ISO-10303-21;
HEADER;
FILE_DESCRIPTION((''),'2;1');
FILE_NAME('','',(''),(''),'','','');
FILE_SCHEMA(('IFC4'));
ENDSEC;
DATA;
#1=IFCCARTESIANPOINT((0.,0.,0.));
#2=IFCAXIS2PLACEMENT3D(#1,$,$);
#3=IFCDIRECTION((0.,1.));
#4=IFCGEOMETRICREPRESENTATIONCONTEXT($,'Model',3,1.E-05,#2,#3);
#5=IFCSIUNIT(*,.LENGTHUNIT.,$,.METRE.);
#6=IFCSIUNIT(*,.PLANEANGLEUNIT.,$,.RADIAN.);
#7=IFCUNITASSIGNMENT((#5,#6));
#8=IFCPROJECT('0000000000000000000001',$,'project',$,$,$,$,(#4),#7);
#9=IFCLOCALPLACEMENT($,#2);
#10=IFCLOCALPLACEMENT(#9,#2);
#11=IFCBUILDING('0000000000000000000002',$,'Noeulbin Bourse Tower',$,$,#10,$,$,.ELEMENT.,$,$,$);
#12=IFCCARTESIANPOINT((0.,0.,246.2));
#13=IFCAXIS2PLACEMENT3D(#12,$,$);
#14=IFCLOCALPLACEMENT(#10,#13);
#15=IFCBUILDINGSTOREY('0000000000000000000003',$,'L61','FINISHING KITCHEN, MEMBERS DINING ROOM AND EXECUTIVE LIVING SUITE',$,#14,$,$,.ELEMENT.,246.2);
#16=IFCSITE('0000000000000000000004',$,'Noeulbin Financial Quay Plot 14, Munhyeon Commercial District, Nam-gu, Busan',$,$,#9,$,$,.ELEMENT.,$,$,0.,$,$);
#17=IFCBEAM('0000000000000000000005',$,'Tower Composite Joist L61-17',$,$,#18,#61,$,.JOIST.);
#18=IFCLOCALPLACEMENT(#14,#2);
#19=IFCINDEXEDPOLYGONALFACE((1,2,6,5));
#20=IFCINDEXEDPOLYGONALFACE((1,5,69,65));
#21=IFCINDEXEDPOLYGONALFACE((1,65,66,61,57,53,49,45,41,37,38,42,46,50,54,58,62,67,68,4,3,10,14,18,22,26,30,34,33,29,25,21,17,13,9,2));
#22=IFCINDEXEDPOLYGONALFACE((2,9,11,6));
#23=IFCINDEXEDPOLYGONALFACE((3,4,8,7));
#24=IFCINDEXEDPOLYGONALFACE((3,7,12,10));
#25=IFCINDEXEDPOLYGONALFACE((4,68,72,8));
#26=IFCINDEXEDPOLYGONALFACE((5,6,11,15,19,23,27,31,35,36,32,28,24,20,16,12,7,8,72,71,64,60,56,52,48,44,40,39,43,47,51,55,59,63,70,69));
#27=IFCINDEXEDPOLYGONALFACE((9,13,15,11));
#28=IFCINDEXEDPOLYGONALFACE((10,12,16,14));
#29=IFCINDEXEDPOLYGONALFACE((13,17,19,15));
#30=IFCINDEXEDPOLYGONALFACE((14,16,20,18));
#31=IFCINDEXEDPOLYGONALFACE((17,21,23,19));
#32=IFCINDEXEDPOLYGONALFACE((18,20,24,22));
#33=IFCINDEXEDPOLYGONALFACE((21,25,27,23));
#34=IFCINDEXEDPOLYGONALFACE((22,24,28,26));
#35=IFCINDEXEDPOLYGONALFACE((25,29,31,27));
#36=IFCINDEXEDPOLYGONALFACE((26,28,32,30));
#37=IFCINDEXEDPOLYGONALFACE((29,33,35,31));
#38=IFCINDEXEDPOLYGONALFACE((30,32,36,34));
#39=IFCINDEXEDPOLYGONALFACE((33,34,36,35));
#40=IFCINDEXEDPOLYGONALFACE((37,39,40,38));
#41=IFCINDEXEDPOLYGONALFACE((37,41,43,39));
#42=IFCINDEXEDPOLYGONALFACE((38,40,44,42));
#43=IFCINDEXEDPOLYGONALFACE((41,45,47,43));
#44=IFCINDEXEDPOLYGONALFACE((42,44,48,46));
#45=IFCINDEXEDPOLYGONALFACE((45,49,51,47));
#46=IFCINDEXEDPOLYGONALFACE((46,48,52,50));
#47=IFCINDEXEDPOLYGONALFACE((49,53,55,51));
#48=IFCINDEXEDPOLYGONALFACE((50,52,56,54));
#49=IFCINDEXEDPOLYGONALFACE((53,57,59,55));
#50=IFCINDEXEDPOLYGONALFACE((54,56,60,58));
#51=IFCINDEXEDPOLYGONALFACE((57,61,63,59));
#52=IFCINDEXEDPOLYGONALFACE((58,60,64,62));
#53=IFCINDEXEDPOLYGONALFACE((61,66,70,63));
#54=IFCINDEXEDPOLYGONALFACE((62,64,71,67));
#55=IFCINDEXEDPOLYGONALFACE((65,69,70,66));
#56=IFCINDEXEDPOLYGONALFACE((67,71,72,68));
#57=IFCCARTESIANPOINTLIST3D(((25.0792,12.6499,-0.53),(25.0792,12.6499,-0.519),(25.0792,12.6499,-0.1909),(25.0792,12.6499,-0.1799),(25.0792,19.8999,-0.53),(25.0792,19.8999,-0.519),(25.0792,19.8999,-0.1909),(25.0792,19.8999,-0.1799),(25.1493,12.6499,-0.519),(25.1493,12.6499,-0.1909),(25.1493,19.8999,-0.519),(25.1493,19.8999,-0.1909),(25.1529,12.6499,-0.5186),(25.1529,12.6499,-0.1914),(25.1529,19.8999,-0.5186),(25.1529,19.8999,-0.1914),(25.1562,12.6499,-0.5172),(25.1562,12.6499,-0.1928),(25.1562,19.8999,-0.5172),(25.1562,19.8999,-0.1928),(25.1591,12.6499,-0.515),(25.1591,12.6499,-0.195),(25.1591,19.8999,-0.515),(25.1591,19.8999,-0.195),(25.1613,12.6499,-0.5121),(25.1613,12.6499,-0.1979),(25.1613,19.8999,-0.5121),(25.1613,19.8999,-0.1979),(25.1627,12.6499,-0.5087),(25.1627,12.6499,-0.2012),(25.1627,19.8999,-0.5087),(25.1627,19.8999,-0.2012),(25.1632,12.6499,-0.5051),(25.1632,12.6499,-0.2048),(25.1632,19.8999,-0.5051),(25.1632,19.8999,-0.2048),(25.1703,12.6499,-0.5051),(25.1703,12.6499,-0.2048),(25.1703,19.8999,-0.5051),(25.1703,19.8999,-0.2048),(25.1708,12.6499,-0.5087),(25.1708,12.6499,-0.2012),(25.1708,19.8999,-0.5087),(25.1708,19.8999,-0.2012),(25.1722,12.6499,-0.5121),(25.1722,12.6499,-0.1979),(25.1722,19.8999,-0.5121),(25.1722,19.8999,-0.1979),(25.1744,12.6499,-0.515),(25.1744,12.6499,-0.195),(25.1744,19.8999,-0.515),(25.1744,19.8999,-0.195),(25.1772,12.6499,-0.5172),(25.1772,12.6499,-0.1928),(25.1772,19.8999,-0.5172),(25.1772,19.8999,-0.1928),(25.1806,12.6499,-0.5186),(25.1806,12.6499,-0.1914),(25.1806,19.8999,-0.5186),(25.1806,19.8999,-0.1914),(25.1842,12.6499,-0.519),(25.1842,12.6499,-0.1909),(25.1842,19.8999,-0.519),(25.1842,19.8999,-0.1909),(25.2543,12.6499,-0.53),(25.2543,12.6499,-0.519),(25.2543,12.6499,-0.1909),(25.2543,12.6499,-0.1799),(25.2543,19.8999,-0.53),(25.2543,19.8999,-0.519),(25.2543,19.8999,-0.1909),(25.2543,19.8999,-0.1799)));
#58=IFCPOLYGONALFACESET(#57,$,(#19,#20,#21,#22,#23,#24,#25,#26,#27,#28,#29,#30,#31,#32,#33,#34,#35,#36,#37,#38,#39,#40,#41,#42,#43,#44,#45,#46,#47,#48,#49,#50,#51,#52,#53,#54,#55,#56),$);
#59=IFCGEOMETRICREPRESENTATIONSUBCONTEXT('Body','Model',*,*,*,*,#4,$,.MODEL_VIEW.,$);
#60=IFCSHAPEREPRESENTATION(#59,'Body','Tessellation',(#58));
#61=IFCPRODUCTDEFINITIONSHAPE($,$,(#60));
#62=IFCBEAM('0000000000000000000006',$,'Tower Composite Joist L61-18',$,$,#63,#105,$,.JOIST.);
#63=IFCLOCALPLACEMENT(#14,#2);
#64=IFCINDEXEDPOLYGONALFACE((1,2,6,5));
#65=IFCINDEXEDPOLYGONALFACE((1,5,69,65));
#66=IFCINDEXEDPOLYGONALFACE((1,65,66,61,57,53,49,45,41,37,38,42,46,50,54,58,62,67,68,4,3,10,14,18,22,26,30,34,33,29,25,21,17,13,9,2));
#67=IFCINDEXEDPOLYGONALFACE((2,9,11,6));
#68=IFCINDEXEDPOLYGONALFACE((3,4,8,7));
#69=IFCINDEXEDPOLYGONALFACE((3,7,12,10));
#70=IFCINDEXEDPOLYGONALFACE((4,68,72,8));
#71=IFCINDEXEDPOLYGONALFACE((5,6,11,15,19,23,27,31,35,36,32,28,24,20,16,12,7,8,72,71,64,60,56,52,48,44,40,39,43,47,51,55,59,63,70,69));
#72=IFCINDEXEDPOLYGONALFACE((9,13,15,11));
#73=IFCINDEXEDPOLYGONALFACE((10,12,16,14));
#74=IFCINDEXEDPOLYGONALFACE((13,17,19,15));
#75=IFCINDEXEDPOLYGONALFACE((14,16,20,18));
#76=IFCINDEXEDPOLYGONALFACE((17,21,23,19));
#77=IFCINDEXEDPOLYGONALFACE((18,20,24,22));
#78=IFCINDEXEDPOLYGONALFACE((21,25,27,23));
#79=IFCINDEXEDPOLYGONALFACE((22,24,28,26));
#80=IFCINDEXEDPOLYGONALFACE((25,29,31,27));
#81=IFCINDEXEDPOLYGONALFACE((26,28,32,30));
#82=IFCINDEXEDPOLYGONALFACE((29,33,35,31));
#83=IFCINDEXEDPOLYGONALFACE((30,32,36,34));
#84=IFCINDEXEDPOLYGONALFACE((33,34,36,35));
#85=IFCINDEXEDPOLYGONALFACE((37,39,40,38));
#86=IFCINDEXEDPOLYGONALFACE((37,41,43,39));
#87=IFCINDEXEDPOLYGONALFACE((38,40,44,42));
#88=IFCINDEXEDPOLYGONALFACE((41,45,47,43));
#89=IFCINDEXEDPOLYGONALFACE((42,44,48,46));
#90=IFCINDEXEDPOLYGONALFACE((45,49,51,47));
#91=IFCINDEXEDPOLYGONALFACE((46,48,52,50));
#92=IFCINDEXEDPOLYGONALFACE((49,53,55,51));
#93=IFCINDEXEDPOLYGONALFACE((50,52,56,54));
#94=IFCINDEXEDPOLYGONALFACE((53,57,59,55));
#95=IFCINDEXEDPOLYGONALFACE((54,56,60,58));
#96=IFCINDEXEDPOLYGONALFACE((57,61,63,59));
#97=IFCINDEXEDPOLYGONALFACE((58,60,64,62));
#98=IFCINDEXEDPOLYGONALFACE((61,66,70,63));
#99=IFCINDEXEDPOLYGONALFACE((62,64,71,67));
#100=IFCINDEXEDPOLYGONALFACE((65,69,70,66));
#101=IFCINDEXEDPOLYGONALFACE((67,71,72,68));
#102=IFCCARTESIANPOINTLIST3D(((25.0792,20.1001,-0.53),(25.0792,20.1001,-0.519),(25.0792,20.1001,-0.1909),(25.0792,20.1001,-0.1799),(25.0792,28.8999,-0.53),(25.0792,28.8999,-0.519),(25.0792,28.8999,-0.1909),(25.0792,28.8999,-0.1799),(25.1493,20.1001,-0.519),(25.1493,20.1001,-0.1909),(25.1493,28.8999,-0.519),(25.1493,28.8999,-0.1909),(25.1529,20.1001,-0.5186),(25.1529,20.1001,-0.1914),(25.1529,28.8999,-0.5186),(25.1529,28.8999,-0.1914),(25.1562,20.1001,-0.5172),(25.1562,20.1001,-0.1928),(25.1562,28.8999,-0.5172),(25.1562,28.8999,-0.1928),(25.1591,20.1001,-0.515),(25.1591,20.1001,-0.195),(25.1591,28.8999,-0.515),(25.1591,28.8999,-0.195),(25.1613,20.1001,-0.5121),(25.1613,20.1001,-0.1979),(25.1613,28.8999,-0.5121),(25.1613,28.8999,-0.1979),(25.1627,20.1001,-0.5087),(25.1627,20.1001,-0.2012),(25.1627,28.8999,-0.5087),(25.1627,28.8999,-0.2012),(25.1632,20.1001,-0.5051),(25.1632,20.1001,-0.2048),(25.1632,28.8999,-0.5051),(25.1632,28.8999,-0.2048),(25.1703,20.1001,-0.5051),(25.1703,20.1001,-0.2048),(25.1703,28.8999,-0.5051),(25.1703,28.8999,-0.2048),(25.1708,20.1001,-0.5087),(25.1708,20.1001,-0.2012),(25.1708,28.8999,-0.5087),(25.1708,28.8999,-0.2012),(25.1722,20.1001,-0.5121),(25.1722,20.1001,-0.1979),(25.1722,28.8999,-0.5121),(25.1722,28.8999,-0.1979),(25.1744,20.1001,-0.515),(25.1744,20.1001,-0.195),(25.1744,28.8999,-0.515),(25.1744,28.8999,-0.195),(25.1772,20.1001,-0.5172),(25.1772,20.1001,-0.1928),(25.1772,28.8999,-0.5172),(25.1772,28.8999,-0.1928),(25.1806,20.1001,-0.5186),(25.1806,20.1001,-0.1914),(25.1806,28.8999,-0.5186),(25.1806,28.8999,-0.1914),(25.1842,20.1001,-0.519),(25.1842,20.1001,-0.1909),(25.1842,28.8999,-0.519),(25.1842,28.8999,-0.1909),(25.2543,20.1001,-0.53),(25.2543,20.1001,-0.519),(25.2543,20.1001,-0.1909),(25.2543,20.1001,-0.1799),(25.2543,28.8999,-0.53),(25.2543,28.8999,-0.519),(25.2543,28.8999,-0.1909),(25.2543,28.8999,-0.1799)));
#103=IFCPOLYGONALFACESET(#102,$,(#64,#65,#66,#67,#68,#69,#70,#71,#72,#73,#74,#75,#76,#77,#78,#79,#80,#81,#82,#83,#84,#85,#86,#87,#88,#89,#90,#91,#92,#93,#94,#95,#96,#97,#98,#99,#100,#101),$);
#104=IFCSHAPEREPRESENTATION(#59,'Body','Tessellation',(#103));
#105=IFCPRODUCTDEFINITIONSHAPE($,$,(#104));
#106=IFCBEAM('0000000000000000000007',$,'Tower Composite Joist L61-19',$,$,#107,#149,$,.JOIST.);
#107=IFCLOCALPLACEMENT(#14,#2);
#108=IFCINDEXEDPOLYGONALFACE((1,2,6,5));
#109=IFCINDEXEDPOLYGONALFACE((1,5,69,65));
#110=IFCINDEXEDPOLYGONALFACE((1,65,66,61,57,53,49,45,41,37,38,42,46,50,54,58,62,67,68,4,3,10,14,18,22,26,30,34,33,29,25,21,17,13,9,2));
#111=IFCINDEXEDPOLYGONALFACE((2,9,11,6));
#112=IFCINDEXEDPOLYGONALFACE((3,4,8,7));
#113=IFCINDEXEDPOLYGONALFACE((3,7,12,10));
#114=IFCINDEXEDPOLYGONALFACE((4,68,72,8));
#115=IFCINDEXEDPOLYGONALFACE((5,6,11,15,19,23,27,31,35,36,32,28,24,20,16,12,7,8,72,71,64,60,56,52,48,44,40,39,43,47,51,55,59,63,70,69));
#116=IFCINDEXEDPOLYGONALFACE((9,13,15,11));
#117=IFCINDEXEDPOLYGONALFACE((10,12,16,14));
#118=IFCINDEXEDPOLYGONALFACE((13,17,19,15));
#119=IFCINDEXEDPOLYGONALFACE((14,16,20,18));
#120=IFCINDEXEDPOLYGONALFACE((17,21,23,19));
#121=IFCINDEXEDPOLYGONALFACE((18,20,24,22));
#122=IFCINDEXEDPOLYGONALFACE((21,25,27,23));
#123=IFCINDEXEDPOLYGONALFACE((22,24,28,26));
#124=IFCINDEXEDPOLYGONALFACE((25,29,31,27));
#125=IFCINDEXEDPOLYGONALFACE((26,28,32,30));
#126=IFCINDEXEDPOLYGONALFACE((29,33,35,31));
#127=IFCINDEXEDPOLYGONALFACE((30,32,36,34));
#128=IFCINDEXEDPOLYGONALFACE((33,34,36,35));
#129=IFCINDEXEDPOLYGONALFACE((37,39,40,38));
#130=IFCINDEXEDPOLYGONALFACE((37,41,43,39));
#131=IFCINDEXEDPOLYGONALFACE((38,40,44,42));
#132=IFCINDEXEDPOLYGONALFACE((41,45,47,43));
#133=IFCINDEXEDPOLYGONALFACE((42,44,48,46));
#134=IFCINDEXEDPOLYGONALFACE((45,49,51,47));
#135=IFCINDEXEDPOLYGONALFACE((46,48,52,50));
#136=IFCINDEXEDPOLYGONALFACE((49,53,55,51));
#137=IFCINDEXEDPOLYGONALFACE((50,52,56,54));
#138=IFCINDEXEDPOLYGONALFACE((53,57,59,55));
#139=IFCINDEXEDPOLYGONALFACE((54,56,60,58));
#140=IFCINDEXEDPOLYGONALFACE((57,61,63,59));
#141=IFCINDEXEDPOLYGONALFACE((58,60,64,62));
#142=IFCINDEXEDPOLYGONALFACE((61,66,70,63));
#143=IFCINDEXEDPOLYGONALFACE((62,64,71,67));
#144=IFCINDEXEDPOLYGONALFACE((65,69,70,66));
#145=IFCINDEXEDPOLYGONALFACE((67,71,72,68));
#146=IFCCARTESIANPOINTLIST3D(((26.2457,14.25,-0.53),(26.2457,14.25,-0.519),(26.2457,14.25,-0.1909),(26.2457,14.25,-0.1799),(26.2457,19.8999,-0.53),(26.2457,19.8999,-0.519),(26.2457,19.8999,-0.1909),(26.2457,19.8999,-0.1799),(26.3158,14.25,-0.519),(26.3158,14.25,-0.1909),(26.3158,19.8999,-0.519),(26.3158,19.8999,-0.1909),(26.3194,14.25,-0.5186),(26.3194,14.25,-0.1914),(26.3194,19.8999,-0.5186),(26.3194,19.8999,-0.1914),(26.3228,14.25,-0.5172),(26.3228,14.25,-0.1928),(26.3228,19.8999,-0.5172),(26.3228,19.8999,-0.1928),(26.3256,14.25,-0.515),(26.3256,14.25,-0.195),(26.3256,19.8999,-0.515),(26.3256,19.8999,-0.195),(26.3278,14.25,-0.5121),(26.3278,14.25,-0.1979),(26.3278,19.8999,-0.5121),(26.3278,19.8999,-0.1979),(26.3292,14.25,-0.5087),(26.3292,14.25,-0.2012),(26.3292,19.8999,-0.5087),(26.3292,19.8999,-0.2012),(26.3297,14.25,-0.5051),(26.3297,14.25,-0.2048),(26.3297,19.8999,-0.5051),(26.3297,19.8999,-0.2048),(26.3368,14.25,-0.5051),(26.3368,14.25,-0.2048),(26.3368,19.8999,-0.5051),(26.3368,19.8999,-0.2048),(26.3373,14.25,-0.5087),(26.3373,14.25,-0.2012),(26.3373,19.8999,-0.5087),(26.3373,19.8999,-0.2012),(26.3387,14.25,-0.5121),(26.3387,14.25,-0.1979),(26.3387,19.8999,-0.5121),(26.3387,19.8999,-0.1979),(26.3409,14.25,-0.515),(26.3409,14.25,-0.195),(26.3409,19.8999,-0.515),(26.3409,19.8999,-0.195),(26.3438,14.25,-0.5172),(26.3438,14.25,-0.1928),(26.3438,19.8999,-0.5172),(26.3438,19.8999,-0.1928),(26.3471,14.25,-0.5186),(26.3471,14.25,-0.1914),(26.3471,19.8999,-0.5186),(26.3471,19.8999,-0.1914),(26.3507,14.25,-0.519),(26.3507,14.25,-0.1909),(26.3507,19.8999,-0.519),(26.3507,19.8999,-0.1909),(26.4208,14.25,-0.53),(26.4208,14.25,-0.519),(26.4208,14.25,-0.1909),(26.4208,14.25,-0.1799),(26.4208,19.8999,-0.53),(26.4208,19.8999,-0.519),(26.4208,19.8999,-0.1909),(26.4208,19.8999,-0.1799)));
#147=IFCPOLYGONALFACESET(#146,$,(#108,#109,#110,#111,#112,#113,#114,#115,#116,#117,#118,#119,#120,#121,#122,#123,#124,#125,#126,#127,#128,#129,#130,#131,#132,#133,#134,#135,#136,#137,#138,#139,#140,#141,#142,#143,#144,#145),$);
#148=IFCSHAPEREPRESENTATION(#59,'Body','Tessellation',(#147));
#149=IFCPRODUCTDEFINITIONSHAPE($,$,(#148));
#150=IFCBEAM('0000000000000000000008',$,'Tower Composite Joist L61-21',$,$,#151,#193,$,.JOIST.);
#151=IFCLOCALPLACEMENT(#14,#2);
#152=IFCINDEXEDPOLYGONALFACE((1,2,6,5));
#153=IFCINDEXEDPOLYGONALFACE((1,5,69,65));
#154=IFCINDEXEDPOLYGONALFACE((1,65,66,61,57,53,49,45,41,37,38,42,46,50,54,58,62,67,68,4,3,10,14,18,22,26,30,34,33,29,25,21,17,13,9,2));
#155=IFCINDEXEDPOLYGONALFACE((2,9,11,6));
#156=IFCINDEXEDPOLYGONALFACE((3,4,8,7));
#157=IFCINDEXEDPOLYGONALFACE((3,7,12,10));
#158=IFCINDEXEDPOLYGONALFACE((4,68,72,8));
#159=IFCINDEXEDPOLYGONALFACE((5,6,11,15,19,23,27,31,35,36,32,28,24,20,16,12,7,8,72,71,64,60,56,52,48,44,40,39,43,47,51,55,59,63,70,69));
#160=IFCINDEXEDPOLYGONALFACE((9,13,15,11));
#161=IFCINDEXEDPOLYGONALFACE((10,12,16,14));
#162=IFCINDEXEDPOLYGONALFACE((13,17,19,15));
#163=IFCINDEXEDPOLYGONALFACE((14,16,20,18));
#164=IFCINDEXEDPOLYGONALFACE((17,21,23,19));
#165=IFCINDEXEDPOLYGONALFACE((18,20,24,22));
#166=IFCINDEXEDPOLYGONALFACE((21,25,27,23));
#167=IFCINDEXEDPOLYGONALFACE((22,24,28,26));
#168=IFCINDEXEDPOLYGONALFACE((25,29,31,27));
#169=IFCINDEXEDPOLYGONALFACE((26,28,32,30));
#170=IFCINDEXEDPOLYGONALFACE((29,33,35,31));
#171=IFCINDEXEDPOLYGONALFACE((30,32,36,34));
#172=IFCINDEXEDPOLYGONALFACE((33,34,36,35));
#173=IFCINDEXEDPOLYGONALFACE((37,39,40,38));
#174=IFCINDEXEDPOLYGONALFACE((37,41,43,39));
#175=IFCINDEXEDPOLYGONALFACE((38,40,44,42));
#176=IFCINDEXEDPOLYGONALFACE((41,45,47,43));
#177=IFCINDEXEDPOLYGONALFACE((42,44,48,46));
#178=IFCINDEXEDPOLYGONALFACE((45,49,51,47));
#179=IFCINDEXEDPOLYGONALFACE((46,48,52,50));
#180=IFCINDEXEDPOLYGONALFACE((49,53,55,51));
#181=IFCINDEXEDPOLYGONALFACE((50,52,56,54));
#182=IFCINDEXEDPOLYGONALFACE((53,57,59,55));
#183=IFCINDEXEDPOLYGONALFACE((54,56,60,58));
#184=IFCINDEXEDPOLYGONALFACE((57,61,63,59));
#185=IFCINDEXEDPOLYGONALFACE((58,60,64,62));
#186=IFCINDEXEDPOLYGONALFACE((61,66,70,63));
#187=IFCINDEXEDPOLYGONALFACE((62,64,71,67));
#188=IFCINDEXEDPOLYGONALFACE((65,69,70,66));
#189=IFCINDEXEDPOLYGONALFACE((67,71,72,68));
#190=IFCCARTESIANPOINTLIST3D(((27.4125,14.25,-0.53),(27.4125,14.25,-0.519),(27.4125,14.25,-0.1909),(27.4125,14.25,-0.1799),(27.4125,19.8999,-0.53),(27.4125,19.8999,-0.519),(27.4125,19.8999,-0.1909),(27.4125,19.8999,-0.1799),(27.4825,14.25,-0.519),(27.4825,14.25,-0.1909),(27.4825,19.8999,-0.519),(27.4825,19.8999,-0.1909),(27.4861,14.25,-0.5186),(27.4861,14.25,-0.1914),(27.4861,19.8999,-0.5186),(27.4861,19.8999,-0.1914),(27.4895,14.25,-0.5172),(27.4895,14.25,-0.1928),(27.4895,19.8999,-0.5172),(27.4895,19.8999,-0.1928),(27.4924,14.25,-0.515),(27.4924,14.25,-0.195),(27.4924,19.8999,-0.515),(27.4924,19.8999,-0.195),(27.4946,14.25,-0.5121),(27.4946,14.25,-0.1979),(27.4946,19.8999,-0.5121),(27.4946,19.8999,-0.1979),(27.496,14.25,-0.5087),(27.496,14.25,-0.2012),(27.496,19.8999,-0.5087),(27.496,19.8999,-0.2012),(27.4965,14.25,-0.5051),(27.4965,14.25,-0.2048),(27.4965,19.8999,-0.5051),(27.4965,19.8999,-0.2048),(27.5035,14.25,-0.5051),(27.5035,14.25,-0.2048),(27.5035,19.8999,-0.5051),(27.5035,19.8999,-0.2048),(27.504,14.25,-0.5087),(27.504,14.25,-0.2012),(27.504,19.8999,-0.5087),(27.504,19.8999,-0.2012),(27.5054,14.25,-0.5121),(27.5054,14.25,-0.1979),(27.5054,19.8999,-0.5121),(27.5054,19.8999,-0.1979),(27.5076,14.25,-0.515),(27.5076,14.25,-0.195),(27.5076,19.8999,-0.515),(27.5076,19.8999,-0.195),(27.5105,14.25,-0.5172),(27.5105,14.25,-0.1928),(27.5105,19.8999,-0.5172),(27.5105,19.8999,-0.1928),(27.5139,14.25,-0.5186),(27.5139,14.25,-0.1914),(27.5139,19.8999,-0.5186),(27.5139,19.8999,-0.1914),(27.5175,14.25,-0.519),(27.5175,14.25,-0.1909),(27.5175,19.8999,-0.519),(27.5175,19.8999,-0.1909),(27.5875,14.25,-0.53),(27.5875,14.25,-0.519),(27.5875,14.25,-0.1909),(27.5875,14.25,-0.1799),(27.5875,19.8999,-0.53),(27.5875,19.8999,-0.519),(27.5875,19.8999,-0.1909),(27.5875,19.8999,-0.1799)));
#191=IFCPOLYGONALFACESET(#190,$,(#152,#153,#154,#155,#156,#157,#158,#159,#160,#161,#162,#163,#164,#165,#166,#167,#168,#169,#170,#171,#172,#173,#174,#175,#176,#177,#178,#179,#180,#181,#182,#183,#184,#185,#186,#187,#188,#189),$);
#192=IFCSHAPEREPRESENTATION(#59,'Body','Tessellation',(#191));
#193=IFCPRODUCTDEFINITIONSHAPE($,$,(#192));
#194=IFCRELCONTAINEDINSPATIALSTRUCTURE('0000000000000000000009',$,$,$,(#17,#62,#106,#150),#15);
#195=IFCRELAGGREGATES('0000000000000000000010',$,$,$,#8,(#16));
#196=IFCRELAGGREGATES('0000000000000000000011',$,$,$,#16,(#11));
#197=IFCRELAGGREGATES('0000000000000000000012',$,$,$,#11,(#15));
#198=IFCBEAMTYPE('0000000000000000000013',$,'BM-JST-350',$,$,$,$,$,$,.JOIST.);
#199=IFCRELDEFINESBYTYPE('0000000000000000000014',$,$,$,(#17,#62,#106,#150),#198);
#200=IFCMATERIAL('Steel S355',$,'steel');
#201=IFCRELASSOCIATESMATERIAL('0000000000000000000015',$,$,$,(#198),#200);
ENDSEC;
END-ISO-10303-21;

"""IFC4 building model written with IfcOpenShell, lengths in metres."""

from ifc_helpers import new_model, si_unit, direction, frame, origin, origin_2d, place, context, subcontext, project, spatial, i_section, extrude, material, material_profile, profile_set, type_object, element, save


model = new_model("IFC4")

# Units and contexts
model_context = context("Model", 3, precision=1e-05, world=origin(), true_north=direction((0.0, 1.0)))
body_context = subcontext(model_context, "Body", "Model", "MODEL_VIEW")
ifc_project = project(units=[si_unit("LENGTHUNIT", "METRE"), si_unit("PLANEANGLEUNIT", "RADIAN")], contexts=[model_context])

# Site, building, storey
site_placement = place(None, origin())
site = spatial("IfcSite", under=ifc_project, at=site_placement, Name="Noeulbin Financial Quay Plot 14, Munhyeon Commercial District, Nam-gu, Busan", CompositionType="ELEMENT", RefElevation=0.0)
building_placement = place(site_placement, origin())
building = spatial("IfcBuilding", under=site, at=building_placement, Name="Noeulbin Bourse Tower", CompositionType="ELEMENT")
storey_placement = place(building_placement, frame((0.0, 0.0, 246.2)))
storey = spatial("IfcBuildingStorey", under=building, at=storey_placement, Name="L61", Description="FINISHING KITCHEN, MEMBERS DINING ROOM AND EXECUTIVE LIVING SUITE", CompositionType="ELEMENT", Elevation=246.2)

# Shared definitions
ifc_material_1 = material(Name="Steel S355", Category="steel")

# Beams
ifc_material_profile_1 = material_profile(ifc_material_1, i_section(OverallWidth=0.175, OverallDepth=0.3501, WebThickness=0.0071, FlangeThickness=0.011, FilletRadius=0.0139, at=origin_2d()), Name="H-350x175x7x11", Category="LoadBearing")
ifc_profile_set_1 = profile_set([ifc_material_profile_1], Name="Steel S355")
beam_type_1 = type_object("IfcBeamType", Name="BM-JST-350", PredefinedType="JOIST", material=ifc_profile_set_1)
beam_1_placement = place(storey_placement, frame((25.1667, 12.6499, -0.355), z_axis=(0.0, 1.0, 0.0), x_axis=(-1.0, 0.0, 0.0)))
element("IfcBeam", 1, at=beam_1_placement, inside=storey, type_object=beam_type_1, Name="Tower Composite Joist L61-17", PredefinedType="JOIST", context=body_context, shape_type="SweptSolid", body=[
    extrude(i_section(OverallWidth=0.175, OverallDepth=0.3501, WebThickness=0.0071, FlangeThickness=0.011, FilletRadius=0.0139, at=origin_2d()), origin(), (0.0, 0.0, 1.0), 7.25),
])
beam_2_placement = place(storey_placement, frame((25.1667, 20.1001, -0.355), z_axis=(0.0, 1.0, 0.0), x_axis=(-1.0, 0.0, 0.0)))
element("IfcBeam", 2, at=beam_2_placement, inside=storey, type_object=beam_type_1, Name="Tower Composite Joist L61-18", PredefinedType="JOIST", context=body_context, shape_type="SweptSolid", body=[
    extrude(i_section(OverallWidth=0.175, OverallDepth=0.3501, WebThickness=0.0071, FlangeThickness=0.011, FilletRadius=0.0139, at=origin_2d()), origin(), (0.0, 0.0, 1.0), 8.7998),
])
for number, where, z_axis, x_axis, name in (
    (3, (26.3333, 14.25, -0.355), (0.0, 1.0, 0.0), (-1.0, 0.0, 0.0), "Tower Composite Joist L61-19"),
    (4, (27.5, 14.25, -0.355), (0.0, 1.0, 0.0), (-1.0, 0.0, 0.0), "Tower Composite Joist L61-21"),
):
    element("IfcBeam", number, at=place(storey_placement, frame(where, z_axis=z_axis, x_axis=x_axis)), inside=storey, type_object=beam_type_1, Name=name, PredefinedType="JOIST", context=body_context, shape_type="SweptSolid", body=[
        extrude(i_section(OverallWidth=0.175, OverallDepth=0.3501, WebThickness=0.0071, FlangeThickness=0.011, FilletRadius=0.0139, at=origin_2d()), origin(), (0.0, 0.0, 1.0), 5.6499),
    ])

save(model, "model.ifc")
